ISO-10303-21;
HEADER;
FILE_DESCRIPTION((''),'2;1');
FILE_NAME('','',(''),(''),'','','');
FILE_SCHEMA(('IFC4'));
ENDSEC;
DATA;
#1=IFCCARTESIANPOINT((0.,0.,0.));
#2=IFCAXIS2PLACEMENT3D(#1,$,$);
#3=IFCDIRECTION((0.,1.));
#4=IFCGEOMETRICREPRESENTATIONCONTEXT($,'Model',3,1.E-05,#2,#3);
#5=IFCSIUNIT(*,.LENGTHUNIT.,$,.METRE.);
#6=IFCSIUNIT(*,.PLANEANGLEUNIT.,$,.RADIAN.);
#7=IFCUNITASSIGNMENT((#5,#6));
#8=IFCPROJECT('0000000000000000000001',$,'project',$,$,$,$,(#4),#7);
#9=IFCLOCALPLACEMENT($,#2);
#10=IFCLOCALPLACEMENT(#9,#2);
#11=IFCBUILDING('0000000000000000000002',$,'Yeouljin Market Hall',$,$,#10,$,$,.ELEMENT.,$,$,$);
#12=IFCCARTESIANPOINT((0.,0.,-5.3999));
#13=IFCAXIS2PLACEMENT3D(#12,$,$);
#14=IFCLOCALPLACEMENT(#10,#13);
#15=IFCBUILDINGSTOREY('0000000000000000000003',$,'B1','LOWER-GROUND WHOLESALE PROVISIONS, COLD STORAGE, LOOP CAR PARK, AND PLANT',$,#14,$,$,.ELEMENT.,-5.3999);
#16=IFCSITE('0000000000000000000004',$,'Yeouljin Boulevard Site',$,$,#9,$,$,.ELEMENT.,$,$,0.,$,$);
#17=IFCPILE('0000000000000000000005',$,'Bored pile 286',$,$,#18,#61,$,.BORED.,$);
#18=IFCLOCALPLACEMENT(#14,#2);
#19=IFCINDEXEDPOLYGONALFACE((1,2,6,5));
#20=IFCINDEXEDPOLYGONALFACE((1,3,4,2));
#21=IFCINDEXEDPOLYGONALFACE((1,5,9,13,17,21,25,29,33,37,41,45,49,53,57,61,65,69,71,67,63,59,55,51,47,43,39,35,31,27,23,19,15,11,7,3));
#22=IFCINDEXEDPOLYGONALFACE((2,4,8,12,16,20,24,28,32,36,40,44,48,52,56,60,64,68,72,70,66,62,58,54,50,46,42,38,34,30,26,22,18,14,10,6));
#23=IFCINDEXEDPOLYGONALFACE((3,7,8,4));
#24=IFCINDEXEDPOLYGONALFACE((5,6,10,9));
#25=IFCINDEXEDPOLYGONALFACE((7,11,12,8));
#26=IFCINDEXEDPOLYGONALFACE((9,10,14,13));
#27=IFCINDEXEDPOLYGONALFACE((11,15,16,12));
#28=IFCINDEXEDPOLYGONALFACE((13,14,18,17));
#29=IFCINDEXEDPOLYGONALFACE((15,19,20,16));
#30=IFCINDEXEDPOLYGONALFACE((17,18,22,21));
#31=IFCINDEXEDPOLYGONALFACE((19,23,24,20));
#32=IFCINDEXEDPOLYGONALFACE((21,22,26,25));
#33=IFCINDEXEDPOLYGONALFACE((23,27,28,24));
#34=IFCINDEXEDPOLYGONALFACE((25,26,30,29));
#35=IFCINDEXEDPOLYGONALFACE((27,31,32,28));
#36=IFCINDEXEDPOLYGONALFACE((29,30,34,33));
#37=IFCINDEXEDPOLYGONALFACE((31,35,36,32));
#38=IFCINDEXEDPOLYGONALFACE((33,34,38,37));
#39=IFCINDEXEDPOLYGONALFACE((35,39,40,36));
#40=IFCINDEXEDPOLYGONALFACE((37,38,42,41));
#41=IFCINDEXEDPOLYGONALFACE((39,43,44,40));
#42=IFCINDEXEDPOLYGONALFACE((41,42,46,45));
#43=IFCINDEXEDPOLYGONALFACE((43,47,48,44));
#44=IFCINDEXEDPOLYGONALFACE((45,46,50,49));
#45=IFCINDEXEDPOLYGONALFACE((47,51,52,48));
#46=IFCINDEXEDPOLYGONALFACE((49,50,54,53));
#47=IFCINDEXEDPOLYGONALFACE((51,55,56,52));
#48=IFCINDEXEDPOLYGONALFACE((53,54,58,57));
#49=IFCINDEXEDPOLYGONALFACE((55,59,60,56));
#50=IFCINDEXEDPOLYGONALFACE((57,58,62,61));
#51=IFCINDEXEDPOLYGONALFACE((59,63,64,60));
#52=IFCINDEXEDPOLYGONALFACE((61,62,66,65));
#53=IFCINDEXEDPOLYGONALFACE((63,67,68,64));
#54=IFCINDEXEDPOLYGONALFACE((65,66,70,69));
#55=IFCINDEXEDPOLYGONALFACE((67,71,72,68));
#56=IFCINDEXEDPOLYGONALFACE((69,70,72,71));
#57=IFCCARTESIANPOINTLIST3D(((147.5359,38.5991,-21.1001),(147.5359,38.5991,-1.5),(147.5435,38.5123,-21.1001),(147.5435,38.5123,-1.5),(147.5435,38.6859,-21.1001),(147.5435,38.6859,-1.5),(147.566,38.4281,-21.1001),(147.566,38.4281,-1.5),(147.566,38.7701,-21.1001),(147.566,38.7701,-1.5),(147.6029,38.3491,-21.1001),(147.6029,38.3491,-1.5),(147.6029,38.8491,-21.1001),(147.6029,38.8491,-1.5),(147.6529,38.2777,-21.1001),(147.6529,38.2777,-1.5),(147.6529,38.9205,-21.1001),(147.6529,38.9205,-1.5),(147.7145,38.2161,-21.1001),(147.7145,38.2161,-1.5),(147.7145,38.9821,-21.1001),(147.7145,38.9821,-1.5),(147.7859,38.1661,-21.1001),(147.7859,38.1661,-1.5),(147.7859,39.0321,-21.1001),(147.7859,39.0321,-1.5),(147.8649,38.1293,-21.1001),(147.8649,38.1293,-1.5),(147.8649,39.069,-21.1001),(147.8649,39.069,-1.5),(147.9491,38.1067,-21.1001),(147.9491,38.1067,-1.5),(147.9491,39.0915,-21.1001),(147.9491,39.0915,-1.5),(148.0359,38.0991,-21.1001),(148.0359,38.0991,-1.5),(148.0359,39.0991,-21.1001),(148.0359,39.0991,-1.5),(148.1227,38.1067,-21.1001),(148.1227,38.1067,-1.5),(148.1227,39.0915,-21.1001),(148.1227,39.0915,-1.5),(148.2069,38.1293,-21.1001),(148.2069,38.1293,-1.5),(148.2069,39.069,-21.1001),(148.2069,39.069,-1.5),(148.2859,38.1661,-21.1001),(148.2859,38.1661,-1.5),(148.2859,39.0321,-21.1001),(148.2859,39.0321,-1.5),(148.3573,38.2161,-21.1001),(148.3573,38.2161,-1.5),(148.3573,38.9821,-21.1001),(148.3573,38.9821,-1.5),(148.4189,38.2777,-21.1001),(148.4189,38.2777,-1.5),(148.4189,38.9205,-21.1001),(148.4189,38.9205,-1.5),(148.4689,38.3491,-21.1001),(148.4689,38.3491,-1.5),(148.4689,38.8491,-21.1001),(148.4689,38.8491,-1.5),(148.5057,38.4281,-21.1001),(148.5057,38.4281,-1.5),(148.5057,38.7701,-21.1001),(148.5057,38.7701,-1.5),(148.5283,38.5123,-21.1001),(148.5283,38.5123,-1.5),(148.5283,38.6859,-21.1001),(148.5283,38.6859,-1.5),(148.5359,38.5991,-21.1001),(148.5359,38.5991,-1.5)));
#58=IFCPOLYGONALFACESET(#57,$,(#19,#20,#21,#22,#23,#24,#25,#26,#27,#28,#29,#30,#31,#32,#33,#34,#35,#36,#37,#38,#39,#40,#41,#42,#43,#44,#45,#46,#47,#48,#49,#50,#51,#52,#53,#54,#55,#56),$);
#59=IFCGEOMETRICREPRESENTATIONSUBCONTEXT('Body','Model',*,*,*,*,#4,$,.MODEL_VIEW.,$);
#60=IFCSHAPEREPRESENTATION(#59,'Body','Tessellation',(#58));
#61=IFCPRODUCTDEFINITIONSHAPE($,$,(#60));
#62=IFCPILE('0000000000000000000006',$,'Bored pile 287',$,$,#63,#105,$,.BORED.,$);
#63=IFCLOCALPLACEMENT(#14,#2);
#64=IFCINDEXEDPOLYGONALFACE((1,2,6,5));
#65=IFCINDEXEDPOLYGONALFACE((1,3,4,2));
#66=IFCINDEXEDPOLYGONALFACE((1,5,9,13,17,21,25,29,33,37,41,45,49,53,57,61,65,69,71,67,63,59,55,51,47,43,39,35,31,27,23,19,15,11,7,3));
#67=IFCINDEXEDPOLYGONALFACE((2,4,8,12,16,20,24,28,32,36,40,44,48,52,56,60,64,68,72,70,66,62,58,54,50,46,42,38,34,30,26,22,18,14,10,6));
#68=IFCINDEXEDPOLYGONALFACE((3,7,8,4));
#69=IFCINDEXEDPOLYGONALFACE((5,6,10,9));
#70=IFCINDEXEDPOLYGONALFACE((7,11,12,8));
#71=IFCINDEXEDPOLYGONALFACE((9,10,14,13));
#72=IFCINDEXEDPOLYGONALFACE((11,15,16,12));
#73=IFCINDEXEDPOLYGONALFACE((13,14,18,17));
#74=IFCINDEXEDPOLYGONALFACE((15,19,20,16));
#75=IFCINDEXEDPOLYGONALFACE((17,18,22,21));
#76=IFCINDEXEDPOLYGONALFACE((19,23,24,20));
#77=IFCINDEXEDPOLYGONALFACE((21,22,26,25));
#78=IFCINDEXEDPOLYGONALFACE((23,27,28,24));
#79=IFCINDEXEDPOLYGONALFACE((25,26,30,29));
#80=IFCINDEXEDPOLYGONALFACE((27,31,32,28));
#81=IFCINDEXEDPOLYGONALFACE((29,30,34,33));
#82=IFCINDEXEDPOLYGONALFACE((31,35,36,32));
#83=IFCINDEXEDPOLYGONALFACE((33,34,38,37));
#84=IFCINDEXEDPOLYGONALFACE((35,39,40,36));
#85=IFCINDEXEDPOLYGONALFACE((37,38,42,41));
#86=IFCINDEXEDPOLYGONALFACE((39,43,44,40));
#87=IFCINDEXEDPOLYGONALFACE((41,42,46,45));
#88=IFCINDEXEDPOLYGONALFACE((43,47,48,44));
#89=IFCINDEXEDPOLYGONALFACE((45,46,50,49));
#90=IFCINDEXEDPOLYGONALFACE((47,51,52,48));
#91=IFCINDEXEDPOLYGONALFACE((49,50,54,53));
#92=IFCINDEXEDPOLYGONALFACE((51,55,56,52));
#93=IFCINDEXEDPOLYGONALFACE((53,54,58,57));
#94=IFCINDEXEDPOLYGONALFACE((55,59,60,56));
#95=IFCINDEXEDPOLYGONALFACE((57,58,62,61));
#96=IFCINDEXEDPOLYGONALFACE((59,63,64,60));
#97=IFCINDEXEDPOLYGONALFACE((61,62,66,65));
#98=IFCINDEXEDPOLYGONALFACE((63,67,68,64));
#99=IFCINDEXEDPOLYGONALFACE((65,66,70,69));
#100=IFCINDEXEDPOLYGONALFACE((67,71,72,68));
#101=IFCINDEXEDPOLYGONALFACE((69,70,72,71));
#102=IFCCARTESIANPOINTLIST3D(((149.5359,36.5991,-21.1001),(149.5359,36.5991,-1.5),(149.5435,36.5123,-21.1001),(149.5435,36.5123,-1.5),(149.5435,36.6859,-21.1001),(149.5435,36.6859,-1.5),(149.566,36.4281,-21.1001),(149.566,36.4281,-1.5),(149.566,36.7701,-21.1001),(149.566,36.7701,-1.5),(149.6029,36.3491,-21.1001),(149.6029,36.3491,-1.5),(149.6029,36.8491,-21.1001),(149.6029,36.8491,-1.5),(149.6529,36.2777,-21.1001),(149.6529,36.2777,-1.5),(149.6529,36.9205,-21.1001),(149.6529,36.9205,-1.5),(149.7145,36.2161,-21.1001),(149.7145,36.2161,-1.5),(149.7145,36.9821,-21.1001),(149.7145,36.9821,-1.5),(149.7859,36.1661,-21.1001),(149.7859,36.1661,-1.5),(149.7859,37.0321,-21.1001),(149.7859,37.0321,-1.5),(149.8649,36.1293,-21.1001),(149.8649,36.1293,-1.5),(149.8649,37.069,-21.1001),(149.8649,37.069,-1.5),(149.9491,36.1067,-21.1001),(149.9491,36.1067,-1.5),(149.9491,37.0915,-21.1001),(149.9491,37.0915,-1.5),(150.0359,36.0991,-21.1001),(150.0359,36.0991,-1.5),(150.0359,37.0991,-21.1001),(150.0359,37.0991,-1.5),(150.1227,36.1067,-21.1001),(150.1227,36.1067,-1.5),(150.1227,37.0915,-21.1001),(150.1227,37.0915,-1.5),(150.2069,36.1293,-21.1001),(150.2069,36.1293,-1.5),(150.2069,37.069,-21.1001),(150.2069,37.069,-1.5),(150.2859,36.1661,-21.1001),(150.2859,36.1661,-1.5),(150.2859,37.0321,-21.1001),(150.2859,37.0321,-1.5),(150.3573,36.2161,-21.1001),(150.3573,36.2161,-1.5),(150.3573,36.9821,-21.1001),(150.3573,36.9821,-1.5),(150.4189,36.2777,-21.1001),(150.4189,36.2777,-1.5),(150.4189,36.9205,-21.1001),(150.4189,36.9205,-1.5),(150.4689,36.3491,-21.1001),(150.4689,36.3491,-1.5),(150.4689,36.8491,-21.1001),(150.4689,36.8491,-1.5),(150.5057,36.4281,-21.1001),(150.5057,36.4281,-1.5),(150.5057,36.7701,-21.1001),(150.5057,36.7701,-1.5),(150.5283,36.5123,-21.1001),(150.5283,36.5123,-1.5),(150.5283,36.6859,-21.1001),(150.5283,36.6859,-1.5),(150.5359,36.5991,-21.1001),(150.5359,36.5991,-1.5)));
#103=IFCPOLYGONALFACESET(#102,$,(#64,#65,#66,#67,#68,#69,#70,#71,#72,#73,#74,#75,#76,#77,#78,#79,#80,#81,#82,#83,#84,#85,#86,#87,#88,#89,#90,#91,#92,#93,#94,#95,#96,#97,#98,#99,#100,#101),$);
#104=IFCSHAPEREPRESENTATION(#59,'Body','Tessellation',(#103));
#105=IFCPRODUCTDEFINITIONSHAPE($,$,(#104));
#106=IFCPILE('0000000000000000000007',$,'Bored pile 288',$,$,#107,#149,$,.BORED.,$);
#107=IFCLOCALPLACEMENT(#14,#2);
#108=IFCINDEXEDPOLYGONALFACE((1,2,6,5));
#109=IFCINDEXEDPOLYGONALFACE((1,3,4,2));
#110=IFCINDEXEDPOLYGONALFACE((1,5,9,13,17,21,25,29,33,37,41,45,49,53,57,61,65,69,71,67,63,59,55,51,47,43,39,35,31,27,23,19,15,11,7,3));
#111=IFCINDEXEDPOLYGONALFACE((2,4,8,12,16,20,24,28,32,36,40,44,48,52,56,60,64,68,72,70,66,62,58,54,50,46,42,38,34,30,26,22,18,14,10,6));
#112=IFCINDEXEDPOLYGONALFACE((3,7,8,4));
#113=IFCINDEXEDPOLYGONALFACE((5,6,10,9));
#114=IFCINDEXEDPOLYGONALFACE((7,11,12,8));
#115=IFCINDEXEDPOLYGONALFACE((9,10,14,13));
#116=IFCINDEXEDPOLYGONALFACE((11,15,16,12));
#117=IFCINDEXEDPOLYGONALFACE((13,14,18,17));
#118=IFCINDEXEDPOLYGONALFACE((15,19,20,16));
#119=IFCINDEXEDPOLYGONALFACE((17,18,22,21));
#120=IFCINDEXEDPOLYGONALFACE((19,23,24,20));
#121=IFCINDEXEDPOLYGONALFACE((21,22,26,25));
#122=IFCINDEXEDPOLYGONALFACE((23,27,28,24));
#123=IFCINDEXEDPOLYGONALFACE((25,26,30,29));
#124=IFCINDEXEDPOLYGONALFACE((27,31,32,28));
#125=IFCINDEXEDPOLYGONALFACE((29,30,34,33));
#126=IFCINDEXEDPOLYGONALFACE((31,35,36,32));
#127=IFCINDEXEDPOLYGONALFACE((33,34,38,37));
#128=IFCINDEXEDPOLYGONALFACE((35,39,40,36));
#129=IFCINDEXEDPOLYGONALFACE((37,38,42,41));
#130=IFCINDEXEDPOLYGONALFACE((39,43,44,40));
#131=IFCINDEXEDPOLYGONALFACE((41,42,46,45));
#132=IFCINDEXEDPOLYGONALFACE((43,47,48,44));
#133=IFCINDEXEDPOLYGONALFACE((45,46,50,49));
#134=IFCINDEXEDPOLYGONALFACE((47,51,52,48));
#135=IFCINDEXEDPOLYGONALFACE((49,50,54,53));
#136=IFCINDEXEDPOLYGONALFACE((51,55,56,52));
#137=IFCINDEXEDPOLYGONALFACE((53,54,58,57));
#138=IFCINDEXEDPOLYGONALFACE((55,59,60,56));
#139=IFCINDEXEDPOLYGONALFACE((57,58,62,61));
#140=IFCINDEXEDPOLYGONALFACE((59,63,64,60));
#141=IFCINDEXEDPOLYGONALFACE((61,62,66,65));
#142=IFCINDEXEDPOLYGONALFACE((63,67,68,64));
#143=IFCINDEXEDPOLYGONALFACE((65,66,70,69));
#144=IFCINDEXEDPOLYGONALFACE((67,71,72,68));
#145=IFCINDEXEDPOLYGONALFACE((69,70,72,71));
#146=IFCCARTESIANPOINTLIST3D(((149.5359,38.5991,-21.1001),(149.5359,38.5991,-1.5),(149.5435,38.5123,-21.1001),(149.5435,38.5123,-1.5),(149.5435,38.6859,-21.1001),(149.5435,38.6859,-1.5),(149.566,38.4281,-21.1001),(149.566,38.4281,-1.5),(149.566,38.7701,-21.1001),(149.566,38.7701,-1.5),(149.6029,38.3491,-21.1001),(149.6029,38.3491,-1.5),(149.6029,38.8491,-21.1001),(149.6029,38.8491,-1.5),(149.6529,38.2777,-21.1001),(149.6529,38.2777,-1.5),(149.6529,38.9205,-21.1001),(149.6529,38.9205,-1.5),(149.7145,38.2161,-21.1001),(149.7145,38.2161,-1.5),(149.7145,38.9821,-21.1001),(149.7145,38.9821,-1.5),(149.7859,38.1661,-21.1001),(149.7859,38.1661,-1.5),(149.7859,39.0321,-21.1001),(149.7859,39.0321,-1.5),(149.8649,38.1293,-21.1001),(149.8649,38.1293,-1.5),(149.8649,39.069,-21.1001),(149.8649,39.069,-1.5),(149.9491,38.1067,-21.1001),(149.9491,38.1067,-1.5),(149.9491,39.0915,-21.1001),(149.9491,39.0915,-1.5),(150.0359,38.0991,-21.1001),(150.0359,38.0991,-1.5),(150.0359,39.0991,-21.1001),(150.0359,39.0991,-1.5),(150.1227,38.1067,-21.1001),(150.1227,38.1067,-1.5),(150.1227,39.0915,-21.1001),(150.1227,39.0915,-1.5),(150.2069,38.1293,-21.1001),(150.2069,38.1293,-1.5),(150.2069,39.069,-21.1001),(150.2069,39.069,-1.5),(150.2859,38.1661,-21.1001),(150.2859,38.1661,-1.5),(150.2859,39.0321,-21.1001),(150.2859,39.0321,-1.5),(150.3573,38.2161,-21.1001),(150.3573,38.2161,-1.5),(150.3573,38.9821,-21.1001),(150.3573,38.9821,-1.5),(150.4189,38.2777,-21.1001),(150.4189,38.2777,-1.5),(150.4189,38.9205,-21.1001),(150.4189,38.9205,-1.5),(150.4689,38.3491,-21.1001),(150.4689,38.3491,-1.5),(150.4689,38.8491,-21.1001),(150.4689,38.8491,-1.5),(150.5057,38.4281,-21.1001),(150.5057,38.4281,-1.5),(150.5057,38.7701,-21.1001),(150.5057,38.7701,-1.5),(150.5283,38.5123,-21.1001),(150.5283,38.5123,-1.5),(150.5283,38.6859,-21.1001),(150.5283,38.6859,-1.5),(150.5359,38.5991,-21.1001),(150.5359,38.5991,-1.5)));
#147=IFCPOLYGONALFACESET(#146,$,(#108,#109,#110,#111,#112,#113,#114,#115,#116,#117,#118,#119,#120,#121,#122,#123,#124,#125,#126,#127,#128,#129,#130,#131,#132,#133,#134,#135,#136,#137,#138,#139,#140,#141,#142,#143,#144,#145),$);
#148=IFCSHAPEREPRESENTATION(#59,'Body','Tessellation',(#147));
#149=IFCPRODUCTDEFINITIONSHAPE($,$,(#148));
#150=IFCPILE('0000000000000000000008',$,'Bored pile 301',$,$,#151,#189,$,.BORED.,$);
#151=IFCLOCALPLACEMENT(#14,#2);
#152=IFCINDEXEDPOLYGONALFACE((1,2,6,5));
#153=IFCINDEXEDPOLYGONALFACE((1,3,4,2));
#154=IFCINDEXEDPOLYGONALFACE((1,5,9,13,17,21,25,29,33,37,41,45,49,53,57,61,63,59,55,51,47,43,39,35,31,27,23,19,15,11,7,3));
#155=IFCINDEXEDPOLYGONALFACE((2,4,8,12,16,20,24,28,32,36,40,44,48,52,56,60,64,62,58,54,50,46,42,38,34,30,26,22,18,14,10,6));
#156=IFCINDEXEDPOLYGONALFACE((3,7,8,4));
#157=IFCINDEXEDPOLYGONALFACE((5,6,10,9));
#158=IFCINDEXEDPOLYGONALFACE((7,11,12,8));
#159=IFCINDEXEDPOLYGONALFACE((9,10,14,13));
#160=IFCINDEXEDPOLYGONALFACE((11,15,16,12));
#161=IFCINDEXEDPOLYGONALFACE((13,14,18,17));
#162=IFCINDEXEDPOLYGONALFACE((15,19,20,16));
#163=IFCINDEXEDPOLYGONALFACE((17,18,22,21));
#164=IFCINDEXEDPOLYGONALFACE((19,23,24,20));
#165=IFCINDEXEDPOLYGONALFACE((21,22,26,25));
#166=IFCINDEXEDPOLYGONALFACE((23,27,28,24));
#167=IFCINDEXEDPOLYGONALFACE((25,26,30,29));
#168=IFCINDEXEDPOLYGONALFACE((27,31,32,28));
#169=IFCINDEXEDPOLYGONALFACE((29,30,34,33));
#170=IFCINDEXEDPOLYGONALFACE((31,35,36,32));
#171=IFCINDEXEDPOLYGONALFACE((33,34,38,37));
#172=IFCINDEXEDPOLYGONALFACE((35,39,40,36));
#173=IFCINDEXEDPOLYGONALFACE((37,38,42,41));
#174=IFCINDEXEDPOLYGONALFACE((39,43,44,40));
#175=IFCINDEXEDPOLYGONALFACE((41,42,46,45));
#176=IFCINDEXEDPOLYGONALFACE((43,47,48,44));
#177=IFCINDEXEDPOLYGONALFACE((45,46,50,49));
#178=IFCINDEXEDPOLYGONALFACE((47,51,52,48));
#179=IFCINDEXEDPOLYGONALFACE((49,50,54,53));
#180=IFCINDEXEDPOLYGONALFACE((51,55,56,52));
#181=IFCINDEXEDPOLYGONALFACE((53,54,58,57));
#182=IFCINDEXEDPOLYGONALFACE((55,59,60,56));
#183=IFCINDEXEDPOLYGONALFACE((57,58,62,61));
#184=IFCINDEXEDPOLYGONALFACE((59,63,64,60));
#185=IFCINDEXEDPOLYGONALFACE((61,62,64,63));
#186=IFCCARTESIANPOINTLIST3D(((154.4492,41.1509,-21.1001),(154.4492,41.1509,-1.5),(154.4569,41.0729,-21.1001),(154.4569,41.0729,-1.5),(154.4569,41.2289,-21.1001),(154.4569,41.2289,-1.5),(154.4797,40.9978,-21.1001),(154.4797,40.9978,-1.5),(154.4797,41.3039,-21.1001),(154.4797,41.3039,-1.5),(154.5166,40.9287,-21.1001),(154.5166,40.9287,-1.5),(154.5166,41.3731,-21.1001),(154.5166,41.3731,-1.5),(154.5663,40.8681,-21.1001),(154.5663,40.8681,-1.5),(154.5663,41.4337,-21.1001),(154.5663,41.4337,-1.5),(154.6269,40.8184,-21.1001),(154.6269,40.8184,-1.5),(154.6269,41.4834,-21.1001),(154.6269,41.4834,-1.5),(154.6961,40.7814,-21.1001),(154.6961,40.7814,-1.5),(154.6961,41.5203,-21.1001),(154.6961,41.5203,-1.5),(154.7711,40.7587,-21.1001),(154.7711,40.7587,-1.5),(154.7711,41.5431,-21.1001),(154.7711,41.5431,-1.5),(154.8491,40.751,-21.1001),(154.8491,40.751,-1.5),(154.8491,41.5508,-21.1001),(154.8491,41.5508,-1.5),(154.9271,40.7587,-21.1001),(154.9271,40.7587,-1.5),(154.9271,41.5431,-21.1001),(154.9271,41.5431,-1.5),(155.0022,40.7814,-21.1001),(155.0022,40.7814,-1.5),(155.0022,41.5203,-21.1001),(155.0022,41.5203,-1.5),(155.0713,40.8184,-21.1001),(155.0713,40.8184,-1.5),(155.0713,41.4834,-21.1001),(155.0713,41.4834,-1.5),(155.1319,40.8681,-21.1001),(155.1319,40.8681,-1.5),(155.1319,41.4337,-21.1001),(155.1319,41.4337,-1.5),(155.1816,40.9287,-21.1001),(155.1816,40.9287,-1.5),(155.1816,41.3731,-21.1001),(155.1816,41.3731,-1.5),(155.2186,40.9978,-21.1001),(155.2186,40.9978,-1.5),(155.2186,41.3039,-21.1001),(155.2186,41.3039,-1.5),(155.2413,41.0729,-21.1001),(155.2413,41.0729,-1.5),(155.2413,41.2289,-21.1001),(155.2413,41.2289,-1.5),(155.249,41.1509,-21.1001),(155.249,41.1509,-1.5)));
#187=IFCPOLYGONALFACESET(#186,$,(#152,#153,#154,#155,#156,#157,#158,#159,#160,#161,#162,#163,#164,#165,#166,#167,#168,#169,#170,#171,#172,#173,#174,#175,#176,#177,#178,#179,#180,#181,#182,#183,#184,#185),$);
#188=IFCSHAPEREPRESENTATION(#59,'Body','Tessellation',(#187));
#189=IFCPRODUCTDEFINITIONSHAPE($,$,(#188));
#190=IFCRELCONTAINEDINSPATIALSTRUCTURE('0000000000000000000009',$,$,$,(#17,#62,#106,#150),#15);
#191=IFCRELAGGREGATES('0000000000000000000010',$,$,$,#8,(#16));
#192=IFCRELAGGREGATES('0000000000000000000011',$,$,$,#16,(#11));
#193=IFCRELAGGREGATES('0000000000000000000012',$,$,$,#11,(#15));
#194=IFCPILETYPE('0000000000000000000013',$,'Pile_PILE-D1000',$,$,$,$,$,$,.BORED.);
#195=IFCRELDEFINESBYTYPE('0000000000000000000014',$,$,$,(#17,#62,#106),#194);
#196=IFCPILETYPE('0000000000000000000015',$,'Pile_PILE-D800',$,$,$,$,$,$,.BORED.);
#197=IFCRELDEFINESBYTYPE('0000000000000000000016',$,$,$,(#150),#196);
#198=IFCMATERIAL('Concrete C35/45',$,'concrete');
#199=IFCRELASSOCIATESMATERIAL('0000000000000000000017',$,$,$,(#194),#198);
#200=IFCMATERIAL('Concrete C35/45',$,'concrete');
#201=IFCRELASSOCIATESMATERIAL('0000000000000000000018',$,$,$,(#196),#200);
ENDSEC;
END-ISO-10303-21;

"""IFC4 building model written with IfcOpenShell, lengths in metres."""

from ifc_helpers import new_model, si_unit, direction, frame, origin, origin_2d, place, context, subcontext, project, spatial, circle, extrude, material, material_profile, profile_set, type_object, element, save


model = new_model("IFC4")

# Units and contexts
model_context = context("Model", 3, precision=1e-05, world=origin(), true_north=direction((0.0, 1.0)))
body_context = subcontext(model_context, "Body", "Model", "MODEL_VIEW")
ifc_project = project(units=[si_unit("LENGTHUNIT", "METRE"), si_unit("PLANEANGLEUNIT", "RADIAN")], contexts=[model_context])

# Site, building, storey
site_placement = place(None, origin())
site = spatial("IfcSite", under=ifc_project, at=site_placement, Name="Yeouljin Boulevard Site", CompositionType="ELEMENT", RefElevation=0.0)
building_placement = place(site_placement, origin())
building = spatial("IfcBuilding", under=site, at=building_placement, Name="Yeouljin Market Hall", CompositionType="ELEMENT")
storey_placement = place(building_placement, frame((0.0, 0.0, -5.3999)))
storey = spatial("IfcBuildingStorey", under=building, at=storey_placement, Name="B1", Description="LOWER-GROUND WHOLESALE PROVISIONS, COLD STORAGE, LOOP CAR PARK, AND PLANT", CompositionType="ELEMENT", Elevation=-5.3999)

# Piles
ifc_material_1 = material(Name="Concrete C35/45", Category="concrete")
ifc_material_profile_1 = material_profile(ifc_material_1, circle(Radius=0.5, at=origin_2d()), Name="PILE-D1000")
ifc_profile_set_1 = profile_set([ifc_material_profile_1], Name="Concrete C35/45")
pile_type_1 = type_object("IfcPileType", Name="Pile_PILE-D1000", PredefinedType="BORED", material=ifc_profile_set_1)
for number, where, z_axis, x_axis, name in (
    (1, (148.0359, 38.5991, -1.5), (0.0, 0.0, -1.0), (1.0, 0.0, 0.0), "Bored pile 286"),
    (2, (150.0359, 36.5991, -1.5), (0.0, 0.0, -1.0), (1.0, 0.0, 0.0), "Bored pile 287"),
    (3, (150.0359, 38.5991, -1.5), (0.0, 0.0, -1.0), (1.0, 0.0, 0.0), "Bored pile 288"),
):
    element("IfcPile", number, at=place(storey_placement, frame(where, z_axis=z_axis, x_axis=x_axis)), inside=storey, type_object=pile_type_1, Name=name, PredefinedType="BORED", context=body_context, shape_type="SweptSolid", body=[
        extrude(circle(Radius=0.5, at=origin_2d()), origin(), (0.0, 0.0, 1.0), 19.6001),
    ])
ifc_material_2 = material(Name="Concrete C35/45", Category="concrete")
ifc_material_profile_2 = material_profile(ifc_material_2, circle(Radius=0.3999, at=origin_2d()), Name="PILE-D800")
ifc_profile_set_2 = profile_set([ifc_material_profile_2], Name="Concrete C35/45")
pile_type_2 = type_object("IfcPileType", Name="Pile_PILE-D800", PredefinedType="BORED", material=ifc_profile_set_2)
for number, where, z_axis, x_axis, name in (
    (4, (154.8491, 41.1509, -1.5), (0.0, 0.0, -1.0), (1.0, 0.0, 0.0), "Bored pile 301"),
):
    element("IfcPile", number, at=place(storey_placement, frame(where, z_axis=z_axis, x_axis=x_axis)), inside=storey, type_object=pile_type_2, Name=name, PredefinedType="BORED", context=body_context, shape_type="SweptSolid", body=[
        extrude(circle(Radius=0.3999, at=origin_2d()), origin(), (0.0, 0.0, 1.0), 19.6001),
    ])

save(model, "model.ifc")
